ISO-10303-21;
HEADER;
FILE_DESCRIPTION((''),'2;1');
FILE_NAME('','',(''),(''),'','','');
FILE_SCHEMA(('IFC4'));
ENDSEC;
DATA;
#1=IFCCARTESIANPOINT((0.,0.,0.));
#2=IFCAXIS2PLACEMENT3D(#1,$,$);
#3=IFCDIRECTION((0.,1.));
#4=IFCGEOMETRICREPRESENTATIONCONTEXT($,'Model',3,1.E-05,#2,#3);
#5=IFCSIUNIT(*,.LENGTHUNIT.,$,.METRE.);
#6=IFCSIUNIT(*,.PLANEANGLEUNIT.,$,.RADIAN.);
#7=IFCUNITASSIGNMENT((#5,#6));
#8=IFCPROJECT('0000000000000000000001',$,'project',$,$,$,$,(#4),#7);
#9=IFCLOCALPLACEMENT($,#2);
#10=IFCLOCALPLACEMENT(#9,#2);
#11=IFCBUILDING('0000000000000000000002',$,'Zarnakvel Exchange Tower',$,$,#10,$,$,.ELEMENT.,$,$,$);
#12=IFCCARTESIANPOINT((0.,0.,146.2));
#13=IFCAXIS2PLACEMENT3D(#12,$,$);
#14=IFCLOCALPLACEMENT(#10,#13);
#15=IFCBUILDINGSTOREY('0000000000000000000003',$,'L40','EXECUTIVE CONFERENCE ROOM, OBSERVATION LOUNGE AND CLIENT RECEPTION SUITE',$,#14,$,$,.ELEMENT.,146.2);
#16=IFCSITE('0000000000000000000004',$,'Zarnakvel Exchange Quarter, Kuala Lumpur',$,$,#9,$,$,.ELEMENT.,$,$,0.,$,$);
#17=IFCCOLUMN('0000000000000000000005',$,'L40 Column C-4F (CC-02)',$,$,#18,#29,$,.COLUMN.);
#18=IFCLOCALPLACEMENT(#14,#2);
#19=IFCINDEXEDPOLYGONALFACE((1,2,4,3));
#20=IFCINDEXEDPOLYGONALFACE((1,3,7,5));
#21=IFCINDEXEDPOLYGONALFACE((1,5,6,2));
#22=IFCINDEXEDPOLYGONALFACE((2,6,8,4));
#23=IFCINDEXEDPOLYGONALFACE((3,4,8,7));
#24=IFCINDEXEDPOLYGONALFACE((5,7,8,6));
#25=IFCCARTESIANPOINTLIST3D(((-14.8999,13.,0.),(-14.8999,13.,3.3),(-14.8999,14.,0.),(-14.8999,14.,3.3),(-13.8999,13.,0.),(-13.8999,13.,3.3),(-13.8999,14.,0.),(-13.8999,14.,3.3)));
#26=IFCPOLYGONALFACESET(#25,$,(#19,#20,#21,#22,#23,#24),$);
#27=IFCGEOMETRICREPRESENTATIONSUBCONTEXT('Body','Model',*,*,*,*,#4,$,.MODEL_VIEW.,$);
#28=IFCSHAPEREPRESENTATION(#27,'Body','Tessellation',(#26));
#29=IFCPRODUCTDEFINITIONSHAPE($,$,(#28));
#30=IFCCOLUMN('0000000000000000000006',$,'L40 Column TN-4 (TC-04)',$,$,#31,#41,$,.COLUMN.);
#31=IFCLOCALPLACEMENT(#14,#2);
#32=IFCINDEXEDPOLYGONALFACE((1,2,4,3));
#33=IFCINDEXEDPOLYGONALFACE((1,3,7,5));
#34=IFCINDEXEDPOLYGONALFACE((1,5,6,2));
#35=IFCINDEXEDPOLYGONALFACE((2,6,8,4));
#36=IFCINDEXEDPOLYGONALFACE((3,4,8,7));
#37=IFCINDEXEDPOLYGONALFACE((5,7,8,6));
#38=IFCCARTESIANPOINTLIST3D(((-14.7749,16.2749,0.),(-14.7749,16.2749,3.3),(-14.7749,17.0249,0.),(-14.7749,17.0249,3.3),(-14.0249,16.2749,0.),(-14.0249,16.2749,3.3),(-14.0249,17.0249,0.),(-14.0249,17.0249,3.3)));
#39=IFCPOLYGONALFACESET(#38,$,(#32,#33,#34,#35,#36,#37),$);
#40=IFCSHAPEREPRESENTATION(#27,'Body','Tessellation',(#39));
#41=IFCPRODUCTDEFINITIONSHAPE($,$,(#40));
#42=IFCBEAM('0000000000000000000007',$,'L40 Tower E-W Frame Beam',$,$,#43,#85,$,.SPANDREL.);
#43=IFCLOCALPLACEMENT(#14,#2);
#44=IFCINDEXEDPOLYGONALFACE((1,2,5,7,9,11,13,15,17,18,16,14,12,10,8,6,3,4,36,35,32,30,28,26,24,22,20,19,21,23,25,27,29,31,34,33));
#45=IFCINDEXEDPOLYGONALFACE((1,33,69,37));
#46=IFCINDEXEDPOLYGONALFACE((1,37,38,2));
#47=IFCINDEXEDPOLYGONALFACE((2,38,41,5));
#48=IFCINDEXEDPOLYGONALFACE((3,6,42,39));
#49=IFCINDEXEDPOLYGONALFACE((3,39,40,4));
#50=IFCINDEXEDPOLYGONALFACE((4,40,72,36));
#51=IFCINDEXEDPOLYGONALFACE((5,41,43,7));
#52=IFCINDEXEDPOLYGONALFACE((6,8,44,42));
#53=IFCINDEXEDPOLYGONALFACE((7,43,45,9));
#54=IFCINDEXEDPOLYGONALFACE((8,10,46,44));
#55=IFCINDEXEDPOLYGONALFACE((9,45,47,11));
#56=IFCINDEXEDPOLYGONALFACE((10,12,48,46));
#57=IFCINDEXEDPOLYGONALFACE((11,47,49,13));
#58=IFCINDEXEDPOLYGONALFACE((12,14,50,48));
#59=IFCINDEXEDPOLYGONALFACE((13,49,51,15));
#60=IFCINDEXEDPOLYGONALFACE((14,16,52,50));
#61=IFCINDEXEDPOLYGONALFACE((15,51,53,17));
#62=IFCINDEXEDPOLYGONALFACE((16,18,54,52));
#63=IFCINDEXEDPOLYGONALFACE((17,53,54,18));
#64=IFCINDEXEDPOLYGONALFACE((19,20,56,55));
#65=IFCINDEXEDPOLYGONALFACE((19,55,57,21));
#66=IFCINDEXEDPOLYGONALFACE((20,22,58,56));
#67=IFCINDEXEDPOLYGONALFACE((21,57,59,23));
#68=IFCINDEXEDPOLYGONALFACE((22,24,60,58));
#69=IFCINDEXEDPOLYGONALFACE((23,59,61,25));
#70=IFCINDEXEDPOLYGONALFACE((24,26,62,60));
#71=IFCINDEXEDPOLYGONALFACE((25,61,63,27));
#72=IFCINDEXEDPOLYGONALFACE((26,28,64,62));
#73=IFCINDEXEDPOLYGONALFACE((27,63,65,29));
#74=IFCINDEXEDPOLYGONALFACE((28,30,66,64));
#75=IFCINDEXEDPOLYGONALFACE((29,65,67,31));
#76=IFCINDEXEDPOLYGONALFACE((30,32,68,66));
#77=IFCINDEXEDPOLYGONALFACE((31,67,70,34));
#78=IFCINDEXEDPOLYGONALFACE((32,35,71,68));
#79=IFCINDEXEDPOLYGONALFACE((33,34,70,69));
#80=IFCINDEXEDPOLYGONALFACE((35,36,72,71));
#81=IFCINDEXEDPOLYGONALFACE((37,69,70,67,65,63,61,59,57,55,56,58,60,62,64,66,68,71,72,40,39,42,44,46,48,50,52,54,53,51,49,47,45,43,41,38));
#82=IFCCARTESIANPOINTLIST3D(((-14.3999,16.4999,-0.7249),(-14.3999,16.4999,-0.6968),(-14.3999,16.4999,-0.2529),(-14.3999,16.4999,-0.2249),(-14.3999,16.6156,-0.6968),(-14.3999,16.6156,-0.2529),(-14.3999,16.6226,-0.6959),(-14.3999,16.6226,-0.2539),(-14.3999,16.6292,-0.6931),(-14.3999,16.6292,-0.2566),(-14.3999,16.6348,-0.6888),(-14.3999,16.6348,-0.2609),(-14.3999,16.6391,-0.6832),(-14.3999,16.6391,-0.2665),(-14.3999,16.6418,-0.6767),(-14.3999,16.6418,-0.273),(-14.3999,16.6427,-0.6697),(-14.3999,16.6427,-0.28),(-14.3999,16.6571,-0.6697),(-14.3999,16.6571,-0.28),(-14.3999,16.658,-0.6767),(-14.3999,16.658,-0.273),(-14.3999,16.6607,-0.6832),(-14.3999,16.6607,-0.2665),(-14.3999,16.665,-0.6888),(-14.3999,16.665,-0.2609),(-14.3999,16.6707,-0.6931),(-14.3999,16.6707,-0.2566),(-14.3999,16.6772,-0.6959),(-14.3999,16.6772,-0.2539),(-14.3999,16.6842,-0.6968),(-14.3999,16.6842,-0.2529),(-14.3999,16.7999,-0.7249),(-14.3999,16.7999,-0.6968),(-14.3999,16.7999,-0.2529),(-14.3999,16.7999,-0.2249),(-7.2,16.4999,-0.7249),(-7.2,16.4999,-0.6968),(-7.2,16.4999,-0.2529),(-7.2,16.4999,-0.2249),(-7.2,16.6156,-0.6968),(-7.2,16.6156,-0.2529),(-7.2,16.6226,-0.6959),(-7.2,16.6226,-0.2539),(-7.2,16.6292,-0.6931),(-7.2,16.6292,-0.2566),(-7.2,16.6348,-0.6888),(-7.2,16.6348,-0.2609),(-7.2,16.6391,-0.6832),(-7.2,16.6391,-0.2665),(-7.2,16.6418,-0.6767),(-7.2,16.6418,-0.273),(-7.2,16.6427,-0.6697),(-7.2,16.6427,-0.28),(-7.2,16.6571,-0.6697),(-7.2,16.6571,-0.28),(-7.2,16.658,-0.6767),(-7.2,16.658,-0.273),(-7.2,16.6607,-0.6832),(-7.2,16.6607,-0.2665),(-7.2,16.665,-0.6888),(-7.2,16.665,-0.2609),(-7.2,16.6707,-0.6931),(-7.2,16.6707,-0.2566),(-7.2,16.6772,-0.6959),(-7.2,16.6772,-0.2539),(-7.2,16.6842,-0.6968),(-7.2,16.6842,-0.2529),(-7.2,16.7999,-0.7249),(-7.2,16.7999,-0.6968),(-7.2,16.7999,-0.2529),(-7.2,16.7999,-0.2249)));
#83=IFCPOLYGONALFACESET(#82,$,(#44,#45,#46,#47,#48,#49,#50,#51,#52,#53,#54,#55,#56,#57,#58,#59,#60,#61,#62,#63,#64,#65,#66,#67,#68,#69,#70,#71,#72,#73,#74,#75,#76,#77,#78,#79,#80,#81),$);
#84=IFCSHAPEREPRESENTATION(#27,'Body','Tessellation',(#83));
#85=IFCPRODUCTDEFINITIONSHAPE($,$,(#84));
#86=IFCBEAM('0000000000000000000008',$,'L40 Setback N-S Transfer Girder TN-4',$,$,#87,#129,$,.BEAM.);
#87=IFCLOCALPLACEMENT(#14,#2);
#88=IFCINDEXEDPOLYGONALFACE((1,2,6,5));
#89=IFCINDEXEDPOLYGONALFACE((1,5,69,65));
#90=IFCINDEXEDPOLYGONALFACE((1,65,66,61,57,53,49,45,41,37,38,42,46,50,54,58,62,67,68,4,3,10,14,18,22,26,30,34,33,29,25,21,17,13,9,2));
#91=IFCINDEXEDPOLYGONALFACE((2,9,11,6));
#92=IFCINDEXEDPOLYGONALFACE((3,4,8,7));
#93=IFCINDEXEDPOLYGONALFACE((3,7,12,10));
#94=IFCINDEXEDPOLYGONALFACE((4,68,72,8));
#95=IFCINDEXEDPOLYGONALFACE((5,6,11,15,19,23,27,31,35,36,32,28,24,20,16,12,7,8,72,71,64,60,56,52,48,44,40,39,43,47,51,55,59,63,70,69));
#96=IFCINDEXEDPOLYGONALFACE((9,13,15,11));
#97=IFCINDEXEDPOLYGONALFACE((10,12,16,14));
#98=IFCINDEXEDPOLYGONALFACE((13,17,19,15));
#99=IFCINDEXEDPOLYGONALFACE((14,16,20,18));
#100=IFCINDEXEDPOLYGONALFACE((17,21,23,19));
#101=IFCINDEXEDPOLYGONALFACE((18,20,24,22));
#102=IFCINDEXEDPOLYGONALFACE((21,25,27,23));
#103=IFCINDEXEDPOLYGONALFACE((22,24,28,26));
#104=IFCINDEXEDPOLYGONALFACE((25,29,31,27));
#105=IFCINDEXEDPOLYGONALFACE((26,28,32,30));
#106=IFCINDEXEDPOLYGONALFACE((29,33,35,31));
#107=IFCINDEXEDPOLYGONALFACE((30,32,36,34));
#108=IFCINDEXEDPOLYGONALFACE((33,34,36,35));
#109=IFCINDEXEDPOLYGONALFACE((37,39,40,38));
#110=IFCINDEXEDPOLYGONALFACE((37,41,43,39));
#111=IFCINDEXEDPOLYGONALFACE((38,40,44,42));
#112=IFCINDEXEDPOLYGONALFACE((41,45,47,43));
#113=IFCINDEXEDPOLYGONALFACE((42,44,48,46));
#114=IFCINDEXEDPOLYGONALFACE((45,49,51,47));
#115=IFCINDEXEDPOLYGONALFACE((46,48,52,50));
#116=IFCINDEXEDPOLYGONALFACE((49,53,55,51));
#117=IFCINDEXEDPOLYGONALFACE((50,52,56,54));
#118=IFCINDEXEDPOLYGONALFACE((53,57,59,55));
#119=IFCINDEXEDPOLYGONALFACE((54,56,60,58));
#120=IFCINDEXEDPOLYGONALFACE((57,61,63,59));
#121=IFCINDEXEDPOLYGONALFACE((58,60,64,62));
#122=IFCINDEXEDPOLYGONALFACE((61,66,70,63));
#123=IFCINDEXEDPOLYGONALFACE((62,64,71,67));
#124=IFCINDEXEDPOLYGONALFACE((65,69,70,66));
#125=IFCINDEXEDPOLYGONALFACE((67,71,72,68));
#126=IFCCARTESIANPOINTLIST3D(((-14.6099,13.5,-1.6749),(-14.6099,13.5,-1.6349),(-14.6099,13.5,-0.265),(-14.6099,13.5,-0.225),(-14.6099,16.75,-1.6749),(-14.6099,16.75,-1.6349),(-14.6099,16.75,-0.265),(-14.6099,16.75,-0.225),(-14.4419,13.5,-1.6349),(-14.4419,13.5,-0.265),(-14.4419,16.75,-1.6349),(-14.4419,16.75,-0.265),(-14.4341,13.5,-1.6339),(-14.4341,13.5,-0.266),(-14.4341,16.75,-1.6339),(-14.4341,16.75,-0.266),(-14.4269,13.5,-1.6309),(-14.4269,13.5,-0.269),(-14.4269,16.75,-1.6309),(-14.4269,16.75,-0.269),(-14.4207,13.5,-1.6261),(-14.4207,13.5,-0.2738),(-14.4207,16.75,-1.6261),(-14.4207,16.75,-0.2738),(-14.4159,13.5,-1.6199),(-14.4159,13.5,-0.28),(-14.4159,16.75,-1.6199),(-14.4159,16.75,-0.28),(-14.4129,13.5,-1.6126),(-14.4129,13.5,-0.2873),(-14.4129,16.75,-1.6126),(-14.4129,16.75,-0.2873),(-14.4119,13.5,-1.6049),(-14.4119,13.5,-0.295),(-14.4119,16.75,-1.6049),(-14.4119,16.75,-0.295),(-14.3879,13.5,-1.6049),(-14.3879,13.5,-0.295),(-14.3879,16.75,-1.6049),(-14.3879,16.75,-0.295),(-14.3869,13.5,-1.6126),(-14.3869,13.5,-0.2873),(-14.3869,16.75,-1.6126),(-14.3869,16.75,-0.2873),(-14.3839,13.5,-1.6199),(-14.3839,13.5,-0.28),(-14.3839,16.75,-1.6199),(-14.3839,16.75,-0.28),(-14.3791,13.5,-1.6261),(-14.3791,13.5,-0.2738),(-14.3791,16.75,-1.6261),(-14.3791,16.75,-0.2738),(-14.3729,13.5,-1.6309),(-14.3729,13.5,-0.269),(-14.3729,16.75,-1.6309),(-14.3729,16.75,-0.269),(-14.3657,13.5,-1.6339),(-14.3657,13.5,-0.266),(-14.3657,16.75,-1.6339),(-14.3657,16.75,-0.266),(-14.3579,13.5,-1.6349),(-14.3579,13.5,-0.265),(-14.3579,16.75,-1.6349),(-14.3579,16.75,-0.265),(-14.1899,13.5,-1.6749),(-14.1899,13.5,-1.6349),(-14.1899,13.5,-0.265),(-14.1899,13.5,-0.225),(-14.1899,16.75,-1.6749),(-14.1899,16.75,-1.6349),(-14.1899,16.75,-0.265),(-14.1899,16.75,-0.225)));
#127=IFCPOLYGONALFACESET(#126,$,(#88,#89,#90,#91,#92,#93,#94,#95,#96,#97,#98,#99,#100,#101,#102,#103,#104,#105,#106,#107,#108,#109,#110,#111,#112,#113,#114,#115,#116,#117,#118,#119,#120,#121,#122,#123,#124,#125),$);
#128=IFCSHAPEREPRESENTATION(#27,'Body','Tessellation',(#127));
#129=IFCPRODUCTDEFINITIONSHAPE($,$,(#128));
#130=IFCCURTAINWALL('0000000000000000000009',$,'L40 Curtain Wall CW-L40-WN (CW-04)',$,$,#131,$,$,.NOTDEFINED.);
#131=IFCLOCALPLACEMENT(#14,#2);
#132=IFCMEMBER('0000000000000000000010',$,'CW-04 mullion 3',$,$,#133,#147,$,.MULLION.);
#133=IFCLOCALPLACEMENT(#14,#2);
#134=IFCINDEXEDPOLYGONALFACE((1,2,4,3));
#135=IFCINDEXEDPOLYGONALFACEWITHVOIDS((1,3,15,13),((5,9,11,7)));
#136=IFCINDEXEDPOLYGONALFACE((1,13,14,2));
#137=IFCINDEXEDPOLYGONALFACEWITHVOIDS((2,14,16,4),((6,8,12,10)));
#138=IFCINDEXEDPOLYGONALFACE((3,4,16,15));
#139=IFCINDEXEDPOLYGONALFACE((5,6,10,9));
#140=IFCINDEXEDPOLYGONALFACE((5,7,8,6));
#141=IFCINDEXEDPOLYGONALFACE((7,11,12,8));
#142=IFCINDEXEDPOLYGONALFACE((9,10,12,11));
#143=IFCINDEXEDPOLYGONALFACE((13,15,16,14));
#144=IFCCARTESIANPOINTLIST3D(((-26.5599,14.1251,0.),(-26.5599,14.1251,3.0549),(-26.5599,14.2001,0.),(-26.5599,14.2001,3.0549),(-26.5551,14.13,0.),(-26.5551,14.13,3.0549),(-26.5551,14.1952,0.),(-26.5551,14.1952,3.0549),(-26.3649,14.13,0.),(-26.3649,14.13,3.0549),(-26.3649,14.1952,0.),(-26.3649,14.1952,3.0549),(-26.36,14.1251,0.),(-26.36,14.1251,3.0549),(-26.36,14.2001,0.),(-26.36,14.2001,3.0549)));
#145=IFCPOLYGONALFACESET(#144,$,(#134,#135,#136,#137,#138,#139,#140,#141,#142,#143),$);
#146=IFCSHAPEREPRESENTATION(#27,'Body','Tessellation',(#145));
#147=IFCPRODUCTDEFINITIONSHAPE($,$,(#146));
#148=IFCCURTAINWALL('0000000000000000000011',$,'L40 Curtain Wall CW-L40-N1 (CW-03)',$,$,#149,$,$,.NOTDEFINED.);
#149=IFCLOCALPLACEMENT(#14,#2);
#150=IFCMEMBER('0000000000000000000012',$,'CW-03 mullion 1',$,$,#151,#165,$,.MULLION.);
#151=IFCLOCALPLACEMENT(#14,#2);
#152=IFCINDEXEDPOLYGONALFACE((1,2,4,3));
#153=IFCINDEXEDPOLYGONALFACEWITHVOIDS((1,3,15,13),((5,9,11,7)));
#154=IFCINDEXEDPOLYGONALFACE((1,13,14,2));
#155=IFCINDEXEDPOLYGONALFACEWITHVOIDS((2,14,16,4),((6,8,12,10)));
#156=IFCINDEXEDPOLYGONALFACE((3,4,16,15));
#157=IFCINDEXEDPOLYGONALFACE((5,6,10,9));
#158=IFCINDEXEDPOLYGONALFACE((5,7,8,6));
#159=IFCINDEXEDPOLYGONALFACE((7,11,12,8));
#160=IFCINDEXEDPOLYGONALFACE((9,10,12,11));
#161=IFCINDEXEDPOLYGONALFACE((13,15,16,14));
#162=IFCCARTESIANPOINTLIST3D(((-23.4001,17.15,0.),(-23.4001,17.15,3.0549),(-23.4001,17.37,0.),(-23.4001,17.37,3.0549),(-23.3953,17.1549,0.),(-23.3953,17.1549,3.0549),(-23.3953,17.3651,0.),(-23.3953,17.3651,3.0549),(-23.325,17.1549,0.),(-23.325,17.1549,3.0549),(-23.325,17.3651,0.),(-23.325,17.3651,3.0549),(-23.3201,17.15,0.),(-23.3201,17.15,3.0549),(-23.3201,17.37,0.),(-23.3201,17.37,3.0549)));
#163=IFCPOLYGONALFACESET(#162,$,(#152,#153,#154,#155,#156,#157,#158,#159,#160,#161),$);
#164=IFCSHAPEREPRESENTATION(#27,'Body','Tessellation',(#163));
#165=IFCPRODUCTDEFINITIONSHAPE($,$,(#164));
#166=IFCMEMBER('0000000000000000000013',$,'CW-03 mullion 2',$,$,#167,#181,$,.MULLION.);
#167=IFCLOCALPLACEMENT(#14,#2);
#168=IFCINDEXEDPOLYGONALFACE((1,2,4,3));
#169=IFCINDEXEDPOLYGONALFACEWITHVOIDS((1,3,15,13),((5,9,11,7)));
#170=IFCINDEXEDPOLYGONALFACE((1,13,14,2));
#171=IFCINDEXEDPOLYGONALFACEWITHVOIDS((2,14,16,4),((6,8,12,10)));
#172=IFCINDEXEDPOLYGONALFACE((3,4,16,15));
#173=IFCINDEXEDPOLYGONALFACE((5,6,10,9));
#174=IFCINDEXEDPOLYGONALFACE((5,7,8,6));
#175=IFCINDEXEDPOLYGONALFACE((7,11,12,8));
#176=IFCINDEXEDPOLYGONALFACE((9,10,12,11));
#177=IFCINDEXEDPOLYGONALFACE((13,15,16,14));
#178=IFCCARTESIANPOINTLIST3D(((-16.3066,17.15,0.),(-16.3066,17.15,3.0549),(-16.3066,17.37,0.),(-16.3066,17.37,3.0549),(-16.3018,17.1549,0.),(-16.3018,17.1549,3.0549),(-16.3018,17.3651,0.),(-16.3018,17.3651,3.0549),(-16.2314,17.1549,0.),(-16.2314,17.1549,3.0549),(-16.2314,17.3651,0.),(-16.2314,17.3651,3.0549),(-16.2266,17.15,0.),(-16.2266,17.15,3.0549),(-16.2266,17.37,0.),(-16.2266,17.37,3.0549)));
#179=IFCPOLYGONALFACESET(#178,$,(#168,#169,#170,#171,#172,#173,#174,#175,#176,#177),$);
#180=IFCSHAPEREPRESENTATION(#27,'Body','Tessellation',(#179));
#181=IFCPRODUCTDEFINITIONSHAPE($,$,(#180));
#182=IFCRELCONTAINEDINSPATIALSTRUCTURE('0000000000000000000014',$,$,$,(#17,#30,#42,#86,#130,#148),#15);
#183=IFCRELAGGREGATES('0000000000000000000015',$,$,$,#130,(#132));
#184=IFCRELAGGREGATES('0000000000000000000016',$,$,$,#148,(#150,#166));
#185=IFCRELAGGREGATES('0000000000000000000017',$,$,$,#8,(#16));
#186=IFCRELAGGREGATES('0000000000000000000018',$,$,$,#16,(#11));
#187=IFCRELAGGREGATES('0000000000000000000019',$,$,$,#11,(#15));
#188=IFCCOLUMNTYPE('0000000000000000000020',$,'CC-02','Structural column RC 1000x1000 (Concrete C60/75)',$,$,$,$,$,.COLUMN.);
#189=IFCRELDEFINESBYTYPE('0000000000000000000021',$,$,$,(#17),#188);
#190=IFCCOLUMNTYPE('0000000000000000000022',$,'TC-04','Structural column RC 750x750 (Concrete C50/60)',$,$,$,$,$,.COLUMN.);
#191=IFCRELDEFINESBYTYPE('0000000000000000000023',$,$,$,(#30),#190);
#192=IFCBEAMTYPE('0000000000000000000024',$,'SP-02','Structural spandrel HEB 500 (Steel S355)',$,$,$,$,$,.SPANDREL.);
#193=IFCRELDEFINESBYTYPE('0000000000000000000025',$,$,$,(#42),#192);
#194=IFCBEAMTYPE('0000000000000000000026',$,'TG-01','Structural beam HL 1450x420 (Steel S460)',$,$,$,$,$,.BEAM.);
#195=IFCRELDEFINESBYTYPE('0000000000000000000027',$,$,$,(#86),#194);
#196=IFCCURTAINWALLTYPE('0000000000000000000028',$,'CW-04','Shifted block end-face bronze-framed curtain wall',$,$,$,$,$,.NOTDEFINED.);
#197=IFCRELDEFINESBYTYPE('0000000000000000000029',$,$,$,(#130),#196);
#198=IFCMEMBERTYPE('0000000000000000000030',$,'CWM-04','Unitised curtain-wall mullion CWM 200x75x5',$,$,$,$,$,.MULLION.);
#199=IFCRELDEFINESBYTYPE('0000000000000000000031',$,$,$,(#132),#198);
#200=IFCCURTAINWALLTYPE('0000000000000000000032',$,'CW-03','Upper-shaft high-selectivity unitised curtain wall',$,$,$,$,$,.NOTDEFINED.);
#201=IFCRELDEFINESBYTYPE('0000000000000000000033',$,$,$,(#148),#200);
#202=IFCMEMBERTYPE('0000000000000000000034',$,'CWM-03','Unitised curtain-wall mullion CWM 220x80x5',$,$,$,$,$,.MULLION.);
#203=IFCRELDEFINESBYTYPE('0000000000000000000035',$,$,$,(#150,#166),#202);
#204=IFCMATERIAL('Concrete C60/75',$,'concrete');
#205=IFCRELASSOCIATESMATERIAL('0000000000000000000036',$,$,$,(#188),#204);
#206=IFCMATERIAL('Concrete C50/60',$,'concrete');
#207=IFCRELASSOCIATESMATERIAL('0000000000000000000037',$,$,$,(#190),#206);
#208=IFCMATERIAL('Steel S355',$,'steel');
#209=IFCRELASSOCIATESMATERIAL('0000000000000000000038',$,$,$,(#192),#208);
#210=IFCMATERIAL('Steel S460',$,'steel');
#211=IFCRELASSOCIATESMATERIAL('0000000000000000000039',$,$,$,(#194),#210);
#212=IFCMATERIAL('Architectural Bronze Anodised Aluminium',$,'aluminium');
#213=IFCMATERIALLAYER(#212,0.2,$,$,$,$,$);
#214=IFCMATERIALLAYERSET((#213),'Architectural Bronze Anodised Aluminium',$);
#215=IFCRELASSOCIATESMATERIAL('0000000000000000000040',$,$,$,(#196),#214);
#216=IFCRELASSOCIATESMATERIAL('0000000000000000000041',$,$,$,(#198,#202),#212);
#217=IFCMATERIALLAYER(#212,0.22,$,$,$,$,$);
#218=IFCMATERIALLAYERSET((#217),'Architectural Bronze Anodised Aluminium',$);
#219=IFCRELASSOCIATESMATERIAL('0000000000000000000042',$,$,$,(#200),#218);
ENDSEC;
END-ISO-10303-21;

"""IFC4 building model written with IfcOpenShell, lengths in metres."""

from ifc_helpers import new_model, si_unit, direction, frame, origin, origin_2d, place, context, subcontext, project, spatial, rectangle, hollow_rectangle, i_section, extrude, source, transform, mapped, material, layer, layer_set, material_profile, profile_set, type_object, element, aggregate, save


model = new_model("IFC4")

# Units and contexts
model_context = context("Model", 3, precision=1e-05, world=origin(), true_north=direction((0.0, 1.0)))
body_context = subcontext(model_context, "Body", "Model", "MODEL_VIEW")
ifc_project = project(units=[si_unit("LENGTHUNIT", "METRE"), si_unit("PLANEANGLEUNIT", "RADIAN")], contexts=[model_context])

# Site, building, storey
site_placement = place(None, origin())
site = spatial("IfcSite", under=ifc_project, at=site_placement, Name="Zarnakvel Exchange Quarter, Kuala Lumpur", CompositionType="ELEMENT", RefElevation=0.0)
building_placement = place(site_placement, origin())
building = spatial("IfcBuilding", under=site, at=building_placement, Name="Zarnakvel Exchange Tower", CompositionType="ELEMENT")
storey_placement = place(building_placement, frame((0.0, 0.0, 146.2)))
storey = spatial("IfcBuildingStorey", under=building, at=storey_placement, Name="L40", Description="EXECUTIVE CONFERENCE ROOM, OBSERVATION LOUNGE AND CLIENT RECEPTION SUITE", CompositionType="ELEMENT", Elevation=146.2)

# Columns
ifc_material_1 = material(Name="Concrete C60/75", Category="concrete")
ifc_material_profile_1 = material_profile(ifc_material_1, rectangle(XDim=1.0, YDim=1.0, at=origin_2d()))
ifc_profile_set_1 = profile_set([ifc_material_profile_1], Name="Concrete C60/75")
column_type_1 = type_object("IfcColumnType", Name="CC-02", Description="Structural column RC 1000x1000 (Concrete C60/75)", PredefinedType="COLUMN", material=ifc_profile_set_1)
column_1_placement = place(storey_placement, frame((-14.3999, 13.5, 0.0), z_axis=(0.0, 0.0, 1.0), x_axis=(1.0, 0.0, 0.0)))
element("IfcColumn", 1, at=column_1_placement, inside=storey, type_object=column_type_1, Name="L40 Column C-4F (CC-02)", PredefinedType="COLUMN", context=body_context, shape_type="SweptSolid", body=[
    extrude(rectangle(XDim=1.0, YDim=1.0, at=origin_2d()), origin(), (0.0, 0.0, 1.0), 3.3),
])
ifc_material_2 = material(Name="Concrete C50/60", Category="concrete")
ifc_material_profile_2 = material_profile(ifc_material_2, rectangle(XDim=0.75, YDim=0.75, at=origin_2d()))
ifc_profile_set_2 = profile_set([ifc_material_profile_2], Name="Concrete C50/60")
column_type_2 = type_object("IfcColumnType", Name="TC-04", Description="Structural column RC 750x750 (Concrete C50/60)", PredefinedType="COLUMN", material=ifc_profile_set_2)
column_2_placement = place(storey_placement, frame((-14.3999, 16.6499, 0.0), z_axis=(0.0, 0.0, 1.0), x_axis=(1.0, 0.0, 0.0)))
element("IfcColumn", 2, at=column_2_placement, inside=storey, type_object=column_type_2, Name="L40 Column TN-4 (TC-04)", PredefinedType="COLUMN", context=body_context, shape_type="SweptSolid", body=[
    extrude(rectangle(XDim=0.75, YDim=0.75, at=origin_2d()), origin(), (0.0, 0.0, 1.0), 3.3),
])

# Beams
ifc_material_3 = material(Name="Steel S355", Category="steel")
ifc_material_profile_3 = material_profile(ifc_material_3, i_section(OverallWidth=0.3, OverallDepth=0.5, WebThickness=0.0144, FlangeThickness=0.0281, FilletRadius=0.0271, at=origin_2d()))
ifc_profile_set_3 = profile_set([ifc_material_profile_3], Name="Steel S355")
beam_type_1 = type_object("IfcBeamType", Name="SP-02", Description="Structural spandrel HEB 500 (Steel S355)", PredefinedType="SPANDREL", material=ifc_profile_set_3)
beam_1_placement = place(storey_placement, frame((-14.3999, 16.6499, -0.4749), z_axis=(1.0, 0.0, 0.0), x_axis=(0.0, 1.0, 0.0)))
element("IfcBeam", 3, at=beam_1_placement, inside=storey, type_object=beam_type_1, Name="L40 Tower E-W Frame Beam", PredefinedType="SPANDREL", context=body_context, shape_type="SweptSolid", body=[
    extrude(i_section(OverallWidth=0.3, OverallDepth=0.5, WebThickness=0.0144, FlangeThickness=0.0281, FilletRadius=0.0271, at=origin_2d()), origin(), (0.0, 0.0, 1.0), 7.2),
])
ifc_material_4 = material(Name="Steel S460", Category="steel")
ifc_material_profile_4 = material_profile(ifc_material_4, i_section(OverallWidth=0.4199, OverallDepth=1.45, WebThickness=0.0239, FlangeThickness=0.04, FilletRadius=0.03, at=origin_2d()))
ifc_profile_set_4 = profile_set([ifc_material_profile_4], Name="Steel S460")
beam_type_2 = type_object("IfcBeamType", Name="TG-01", Description="Structural beam HL 1450x420 (Steel S460)", PredefinedType="BEAM", material=ifc_profile_set_4)
beam_2_placement = place(storey_placement, frame((-14.3999, 13.5, -0.95), z_axis=(0.0, 1.0, 0.0), x_axis=(-1.0, 0.0, 0.0)))
element("IfcBeam", 4, at=beam_2_placement, inside=storey, type_object=beam_type_2, Name="L40 Setback N-S Transfer Girder TN-4", PredefinedType="BEAM", context=body_context, shape_type="SweptSolid", body=[
    extrude(i_section(OverallWidth=0.4199, OverallDepth=1.45, WebThickness=0.0239, FlangeThickness=0.04, FilletRadius=0.03, at=origin_2d()), origin(), (0.0, 0.0, 1.0), 3.25),
])

# Curtain wall, member
ifc_material_5 = material(Name="Architectural Bronze Anodised Aluminium", Category="aluminium")
ifc_layer_1 = layer(ifc_material_5, 0.2)
ifc_layer_set_1 = layer_set([ifc_layer_1], Name="Architectural Bronze Anodised Aluminium")
curtain_wall_type_1 = type_object("IfcCurtainWallType", Name="CW-04", Description="Shifted block end-face bronze-framed curtain wall", PredefinedType="NOTDEFINED", material=ifc_layer_set_1)
curtain_wall_1_placement = place(storey_placement, origin())
curtain_wall_1 = element("IfcCurtainWall", 5, at=curtain_wall_1_placement, inside=storey, type_object=curtain_wall_type_1, Name="L40 Curtain Wall CW-L40-WN (CW-04)", PredefinedType="NOTDEFINED")
ifc_material_profile_5 = material_profile(ifc_material_5, hollow_rectangle(XDim=0.2, YDim=0.075, WallThickness=0.0049, at=origin_2d()))
ifc_profile_set_5 = profile_set([ifc_material_profile_5], Name="Architectural Bronze Anodised Aluminium")
member_type_1 = type_object("IfcMemberType", Name="CWM-04", Description="Unitised curtain-wall mullion CWM 200x75x5", PredefinedType="MULLION", material=ifc_profile_set_5)
shared_shape_1 = source(origin(), body_context, "Body", "SweptSolid", [
    extrude(hollow_rectangle(XDim=0.2, YDim=0.075, WallThickness=0.0049, at=origin_2d()), origin(), (0.0, 0.0, 1.0), 3.0549),
])
member_1_placement = place(storey_placement, frame((-26.46, 14.1626, 0.0), z_axis=(0.0, 0.0, 1.0), x_axis=(-1.0, 0.0, 0.0)))
member_1 = element("IfcMember", 6, at=member_1_placement, type_object=member_type_1, Name="CW-04 mullion 3", PredefinedType="MULLION", context=body_context, shape_type="MappedRepresentation", body=[
    mapped(shared_shape_1, transform((0.0, 0.0, 0.0), x_axis=(1.0, 0.0, 0.0), y_axis=(0.0, 1.0, 0.0), z_axis=(0.0, 0.0, 1.0), scale=1.0)),
])
aggregate(curtain_wall_1, [member_1])

# Curtain wall, members
ifc_layer_2 = layer(ifc_material_5, 0.22)
ifc_layer_set_2 = layer_set([ifc_layer_2], Name="Architectural Bronze Anodised Aluminium")
curtain_wall_type_2 = type_object("IfcCurtainWallType", Name="CW-03", Description="Upper-shaft high-selectivity unitised curtain wall", PredefinedType="NOTDEFINED", material=ifc_layer_set_2)
curtain_wall_2_placement = place(storey_placement, origin())
curtain_wall_2 = element("IfcCurtainWall", 7, at=curtain_wall_2_placement, inside=storey, type_object=curtain_wall_type_2, Name="L40 Curtain Wall CW-L40-N1 (CW-03)", PredefinedType="NOTDEFINED")
ifc_material_profile_6 = material_profile(ifc_material_5, hollow_rectangle(XDim=0.22, YDim=0.0801, WallThickness=0.0049, at=origin_2d()))
ifc_profile_set_6 = profile_set([ifc_material_profile_6], Name="Architectural Bronze Anodised Aluminium")
member_type_2 = type_object("IfcMemberType", Name="CWM-03", Description="Unitised curtain-wall mullion CWM 220x80x5", PredefinedType="MULLION", material=ifc_profile_set_6)
shared_shape_2 = source(origin(), body_context, "Body", "SweptSolid", [
    extrude(hollow_rectangle(XDim=0.22, YDim=0.0801, WallThickness=0.0049, at=origin_2d()), origin(), (0.0, 0.0, 1.0), 3.0549),
])
member_2_placement = place(storey_placement, frame((-23.3601, 17.26, 0.0), z_axis=(0.0, 0.0, 1.0), x_axis=(0.0, 1.0, 0.0)))
member_2 = element("IfcMember", 8, at=member_2_placement, type_object=member_type_2, Name="CW-03 mullion 1", PredefinedType="MULLION", context=body_context, shape_type="MappedRepresentation", body=[
    mapped(shared_shape_2, transform((0.0, 0.0, 0.0), x_axis=(1.0, 0.0, 0.0), y_axis=(0.0, 1.0, 0.0), z_axis=(0.0, 0.0, 1.0), scale=1.0)),
])
member_3_placement = place(storey_placement, frame((-16.2666, 17.26, 0.0), z_axis=(0.0, 0.0, 1.0), x_axis=(0.0, 1.0, 0.0)))
member_3 = element("IfcMember", 9, at=member_3_placement, type_object=member_type_2, Name="CW-03 mullion 2", PredefinedType="MULLION", context=body_context, shape_type="MappedRepresentation", body=[
    mapped(shared_shape_2, transform((0.0, 0.0, 0.0), x_axis=(1.0, 0.0, 0.0), y_axis=(0.0, 1.0, 0.0), z_axis=(0.0, 0.0, 1.0), scale=1.0)),
])
aggregate(curtain_wall_2, [member_2, member_3])

save(model, "model.ifc")
